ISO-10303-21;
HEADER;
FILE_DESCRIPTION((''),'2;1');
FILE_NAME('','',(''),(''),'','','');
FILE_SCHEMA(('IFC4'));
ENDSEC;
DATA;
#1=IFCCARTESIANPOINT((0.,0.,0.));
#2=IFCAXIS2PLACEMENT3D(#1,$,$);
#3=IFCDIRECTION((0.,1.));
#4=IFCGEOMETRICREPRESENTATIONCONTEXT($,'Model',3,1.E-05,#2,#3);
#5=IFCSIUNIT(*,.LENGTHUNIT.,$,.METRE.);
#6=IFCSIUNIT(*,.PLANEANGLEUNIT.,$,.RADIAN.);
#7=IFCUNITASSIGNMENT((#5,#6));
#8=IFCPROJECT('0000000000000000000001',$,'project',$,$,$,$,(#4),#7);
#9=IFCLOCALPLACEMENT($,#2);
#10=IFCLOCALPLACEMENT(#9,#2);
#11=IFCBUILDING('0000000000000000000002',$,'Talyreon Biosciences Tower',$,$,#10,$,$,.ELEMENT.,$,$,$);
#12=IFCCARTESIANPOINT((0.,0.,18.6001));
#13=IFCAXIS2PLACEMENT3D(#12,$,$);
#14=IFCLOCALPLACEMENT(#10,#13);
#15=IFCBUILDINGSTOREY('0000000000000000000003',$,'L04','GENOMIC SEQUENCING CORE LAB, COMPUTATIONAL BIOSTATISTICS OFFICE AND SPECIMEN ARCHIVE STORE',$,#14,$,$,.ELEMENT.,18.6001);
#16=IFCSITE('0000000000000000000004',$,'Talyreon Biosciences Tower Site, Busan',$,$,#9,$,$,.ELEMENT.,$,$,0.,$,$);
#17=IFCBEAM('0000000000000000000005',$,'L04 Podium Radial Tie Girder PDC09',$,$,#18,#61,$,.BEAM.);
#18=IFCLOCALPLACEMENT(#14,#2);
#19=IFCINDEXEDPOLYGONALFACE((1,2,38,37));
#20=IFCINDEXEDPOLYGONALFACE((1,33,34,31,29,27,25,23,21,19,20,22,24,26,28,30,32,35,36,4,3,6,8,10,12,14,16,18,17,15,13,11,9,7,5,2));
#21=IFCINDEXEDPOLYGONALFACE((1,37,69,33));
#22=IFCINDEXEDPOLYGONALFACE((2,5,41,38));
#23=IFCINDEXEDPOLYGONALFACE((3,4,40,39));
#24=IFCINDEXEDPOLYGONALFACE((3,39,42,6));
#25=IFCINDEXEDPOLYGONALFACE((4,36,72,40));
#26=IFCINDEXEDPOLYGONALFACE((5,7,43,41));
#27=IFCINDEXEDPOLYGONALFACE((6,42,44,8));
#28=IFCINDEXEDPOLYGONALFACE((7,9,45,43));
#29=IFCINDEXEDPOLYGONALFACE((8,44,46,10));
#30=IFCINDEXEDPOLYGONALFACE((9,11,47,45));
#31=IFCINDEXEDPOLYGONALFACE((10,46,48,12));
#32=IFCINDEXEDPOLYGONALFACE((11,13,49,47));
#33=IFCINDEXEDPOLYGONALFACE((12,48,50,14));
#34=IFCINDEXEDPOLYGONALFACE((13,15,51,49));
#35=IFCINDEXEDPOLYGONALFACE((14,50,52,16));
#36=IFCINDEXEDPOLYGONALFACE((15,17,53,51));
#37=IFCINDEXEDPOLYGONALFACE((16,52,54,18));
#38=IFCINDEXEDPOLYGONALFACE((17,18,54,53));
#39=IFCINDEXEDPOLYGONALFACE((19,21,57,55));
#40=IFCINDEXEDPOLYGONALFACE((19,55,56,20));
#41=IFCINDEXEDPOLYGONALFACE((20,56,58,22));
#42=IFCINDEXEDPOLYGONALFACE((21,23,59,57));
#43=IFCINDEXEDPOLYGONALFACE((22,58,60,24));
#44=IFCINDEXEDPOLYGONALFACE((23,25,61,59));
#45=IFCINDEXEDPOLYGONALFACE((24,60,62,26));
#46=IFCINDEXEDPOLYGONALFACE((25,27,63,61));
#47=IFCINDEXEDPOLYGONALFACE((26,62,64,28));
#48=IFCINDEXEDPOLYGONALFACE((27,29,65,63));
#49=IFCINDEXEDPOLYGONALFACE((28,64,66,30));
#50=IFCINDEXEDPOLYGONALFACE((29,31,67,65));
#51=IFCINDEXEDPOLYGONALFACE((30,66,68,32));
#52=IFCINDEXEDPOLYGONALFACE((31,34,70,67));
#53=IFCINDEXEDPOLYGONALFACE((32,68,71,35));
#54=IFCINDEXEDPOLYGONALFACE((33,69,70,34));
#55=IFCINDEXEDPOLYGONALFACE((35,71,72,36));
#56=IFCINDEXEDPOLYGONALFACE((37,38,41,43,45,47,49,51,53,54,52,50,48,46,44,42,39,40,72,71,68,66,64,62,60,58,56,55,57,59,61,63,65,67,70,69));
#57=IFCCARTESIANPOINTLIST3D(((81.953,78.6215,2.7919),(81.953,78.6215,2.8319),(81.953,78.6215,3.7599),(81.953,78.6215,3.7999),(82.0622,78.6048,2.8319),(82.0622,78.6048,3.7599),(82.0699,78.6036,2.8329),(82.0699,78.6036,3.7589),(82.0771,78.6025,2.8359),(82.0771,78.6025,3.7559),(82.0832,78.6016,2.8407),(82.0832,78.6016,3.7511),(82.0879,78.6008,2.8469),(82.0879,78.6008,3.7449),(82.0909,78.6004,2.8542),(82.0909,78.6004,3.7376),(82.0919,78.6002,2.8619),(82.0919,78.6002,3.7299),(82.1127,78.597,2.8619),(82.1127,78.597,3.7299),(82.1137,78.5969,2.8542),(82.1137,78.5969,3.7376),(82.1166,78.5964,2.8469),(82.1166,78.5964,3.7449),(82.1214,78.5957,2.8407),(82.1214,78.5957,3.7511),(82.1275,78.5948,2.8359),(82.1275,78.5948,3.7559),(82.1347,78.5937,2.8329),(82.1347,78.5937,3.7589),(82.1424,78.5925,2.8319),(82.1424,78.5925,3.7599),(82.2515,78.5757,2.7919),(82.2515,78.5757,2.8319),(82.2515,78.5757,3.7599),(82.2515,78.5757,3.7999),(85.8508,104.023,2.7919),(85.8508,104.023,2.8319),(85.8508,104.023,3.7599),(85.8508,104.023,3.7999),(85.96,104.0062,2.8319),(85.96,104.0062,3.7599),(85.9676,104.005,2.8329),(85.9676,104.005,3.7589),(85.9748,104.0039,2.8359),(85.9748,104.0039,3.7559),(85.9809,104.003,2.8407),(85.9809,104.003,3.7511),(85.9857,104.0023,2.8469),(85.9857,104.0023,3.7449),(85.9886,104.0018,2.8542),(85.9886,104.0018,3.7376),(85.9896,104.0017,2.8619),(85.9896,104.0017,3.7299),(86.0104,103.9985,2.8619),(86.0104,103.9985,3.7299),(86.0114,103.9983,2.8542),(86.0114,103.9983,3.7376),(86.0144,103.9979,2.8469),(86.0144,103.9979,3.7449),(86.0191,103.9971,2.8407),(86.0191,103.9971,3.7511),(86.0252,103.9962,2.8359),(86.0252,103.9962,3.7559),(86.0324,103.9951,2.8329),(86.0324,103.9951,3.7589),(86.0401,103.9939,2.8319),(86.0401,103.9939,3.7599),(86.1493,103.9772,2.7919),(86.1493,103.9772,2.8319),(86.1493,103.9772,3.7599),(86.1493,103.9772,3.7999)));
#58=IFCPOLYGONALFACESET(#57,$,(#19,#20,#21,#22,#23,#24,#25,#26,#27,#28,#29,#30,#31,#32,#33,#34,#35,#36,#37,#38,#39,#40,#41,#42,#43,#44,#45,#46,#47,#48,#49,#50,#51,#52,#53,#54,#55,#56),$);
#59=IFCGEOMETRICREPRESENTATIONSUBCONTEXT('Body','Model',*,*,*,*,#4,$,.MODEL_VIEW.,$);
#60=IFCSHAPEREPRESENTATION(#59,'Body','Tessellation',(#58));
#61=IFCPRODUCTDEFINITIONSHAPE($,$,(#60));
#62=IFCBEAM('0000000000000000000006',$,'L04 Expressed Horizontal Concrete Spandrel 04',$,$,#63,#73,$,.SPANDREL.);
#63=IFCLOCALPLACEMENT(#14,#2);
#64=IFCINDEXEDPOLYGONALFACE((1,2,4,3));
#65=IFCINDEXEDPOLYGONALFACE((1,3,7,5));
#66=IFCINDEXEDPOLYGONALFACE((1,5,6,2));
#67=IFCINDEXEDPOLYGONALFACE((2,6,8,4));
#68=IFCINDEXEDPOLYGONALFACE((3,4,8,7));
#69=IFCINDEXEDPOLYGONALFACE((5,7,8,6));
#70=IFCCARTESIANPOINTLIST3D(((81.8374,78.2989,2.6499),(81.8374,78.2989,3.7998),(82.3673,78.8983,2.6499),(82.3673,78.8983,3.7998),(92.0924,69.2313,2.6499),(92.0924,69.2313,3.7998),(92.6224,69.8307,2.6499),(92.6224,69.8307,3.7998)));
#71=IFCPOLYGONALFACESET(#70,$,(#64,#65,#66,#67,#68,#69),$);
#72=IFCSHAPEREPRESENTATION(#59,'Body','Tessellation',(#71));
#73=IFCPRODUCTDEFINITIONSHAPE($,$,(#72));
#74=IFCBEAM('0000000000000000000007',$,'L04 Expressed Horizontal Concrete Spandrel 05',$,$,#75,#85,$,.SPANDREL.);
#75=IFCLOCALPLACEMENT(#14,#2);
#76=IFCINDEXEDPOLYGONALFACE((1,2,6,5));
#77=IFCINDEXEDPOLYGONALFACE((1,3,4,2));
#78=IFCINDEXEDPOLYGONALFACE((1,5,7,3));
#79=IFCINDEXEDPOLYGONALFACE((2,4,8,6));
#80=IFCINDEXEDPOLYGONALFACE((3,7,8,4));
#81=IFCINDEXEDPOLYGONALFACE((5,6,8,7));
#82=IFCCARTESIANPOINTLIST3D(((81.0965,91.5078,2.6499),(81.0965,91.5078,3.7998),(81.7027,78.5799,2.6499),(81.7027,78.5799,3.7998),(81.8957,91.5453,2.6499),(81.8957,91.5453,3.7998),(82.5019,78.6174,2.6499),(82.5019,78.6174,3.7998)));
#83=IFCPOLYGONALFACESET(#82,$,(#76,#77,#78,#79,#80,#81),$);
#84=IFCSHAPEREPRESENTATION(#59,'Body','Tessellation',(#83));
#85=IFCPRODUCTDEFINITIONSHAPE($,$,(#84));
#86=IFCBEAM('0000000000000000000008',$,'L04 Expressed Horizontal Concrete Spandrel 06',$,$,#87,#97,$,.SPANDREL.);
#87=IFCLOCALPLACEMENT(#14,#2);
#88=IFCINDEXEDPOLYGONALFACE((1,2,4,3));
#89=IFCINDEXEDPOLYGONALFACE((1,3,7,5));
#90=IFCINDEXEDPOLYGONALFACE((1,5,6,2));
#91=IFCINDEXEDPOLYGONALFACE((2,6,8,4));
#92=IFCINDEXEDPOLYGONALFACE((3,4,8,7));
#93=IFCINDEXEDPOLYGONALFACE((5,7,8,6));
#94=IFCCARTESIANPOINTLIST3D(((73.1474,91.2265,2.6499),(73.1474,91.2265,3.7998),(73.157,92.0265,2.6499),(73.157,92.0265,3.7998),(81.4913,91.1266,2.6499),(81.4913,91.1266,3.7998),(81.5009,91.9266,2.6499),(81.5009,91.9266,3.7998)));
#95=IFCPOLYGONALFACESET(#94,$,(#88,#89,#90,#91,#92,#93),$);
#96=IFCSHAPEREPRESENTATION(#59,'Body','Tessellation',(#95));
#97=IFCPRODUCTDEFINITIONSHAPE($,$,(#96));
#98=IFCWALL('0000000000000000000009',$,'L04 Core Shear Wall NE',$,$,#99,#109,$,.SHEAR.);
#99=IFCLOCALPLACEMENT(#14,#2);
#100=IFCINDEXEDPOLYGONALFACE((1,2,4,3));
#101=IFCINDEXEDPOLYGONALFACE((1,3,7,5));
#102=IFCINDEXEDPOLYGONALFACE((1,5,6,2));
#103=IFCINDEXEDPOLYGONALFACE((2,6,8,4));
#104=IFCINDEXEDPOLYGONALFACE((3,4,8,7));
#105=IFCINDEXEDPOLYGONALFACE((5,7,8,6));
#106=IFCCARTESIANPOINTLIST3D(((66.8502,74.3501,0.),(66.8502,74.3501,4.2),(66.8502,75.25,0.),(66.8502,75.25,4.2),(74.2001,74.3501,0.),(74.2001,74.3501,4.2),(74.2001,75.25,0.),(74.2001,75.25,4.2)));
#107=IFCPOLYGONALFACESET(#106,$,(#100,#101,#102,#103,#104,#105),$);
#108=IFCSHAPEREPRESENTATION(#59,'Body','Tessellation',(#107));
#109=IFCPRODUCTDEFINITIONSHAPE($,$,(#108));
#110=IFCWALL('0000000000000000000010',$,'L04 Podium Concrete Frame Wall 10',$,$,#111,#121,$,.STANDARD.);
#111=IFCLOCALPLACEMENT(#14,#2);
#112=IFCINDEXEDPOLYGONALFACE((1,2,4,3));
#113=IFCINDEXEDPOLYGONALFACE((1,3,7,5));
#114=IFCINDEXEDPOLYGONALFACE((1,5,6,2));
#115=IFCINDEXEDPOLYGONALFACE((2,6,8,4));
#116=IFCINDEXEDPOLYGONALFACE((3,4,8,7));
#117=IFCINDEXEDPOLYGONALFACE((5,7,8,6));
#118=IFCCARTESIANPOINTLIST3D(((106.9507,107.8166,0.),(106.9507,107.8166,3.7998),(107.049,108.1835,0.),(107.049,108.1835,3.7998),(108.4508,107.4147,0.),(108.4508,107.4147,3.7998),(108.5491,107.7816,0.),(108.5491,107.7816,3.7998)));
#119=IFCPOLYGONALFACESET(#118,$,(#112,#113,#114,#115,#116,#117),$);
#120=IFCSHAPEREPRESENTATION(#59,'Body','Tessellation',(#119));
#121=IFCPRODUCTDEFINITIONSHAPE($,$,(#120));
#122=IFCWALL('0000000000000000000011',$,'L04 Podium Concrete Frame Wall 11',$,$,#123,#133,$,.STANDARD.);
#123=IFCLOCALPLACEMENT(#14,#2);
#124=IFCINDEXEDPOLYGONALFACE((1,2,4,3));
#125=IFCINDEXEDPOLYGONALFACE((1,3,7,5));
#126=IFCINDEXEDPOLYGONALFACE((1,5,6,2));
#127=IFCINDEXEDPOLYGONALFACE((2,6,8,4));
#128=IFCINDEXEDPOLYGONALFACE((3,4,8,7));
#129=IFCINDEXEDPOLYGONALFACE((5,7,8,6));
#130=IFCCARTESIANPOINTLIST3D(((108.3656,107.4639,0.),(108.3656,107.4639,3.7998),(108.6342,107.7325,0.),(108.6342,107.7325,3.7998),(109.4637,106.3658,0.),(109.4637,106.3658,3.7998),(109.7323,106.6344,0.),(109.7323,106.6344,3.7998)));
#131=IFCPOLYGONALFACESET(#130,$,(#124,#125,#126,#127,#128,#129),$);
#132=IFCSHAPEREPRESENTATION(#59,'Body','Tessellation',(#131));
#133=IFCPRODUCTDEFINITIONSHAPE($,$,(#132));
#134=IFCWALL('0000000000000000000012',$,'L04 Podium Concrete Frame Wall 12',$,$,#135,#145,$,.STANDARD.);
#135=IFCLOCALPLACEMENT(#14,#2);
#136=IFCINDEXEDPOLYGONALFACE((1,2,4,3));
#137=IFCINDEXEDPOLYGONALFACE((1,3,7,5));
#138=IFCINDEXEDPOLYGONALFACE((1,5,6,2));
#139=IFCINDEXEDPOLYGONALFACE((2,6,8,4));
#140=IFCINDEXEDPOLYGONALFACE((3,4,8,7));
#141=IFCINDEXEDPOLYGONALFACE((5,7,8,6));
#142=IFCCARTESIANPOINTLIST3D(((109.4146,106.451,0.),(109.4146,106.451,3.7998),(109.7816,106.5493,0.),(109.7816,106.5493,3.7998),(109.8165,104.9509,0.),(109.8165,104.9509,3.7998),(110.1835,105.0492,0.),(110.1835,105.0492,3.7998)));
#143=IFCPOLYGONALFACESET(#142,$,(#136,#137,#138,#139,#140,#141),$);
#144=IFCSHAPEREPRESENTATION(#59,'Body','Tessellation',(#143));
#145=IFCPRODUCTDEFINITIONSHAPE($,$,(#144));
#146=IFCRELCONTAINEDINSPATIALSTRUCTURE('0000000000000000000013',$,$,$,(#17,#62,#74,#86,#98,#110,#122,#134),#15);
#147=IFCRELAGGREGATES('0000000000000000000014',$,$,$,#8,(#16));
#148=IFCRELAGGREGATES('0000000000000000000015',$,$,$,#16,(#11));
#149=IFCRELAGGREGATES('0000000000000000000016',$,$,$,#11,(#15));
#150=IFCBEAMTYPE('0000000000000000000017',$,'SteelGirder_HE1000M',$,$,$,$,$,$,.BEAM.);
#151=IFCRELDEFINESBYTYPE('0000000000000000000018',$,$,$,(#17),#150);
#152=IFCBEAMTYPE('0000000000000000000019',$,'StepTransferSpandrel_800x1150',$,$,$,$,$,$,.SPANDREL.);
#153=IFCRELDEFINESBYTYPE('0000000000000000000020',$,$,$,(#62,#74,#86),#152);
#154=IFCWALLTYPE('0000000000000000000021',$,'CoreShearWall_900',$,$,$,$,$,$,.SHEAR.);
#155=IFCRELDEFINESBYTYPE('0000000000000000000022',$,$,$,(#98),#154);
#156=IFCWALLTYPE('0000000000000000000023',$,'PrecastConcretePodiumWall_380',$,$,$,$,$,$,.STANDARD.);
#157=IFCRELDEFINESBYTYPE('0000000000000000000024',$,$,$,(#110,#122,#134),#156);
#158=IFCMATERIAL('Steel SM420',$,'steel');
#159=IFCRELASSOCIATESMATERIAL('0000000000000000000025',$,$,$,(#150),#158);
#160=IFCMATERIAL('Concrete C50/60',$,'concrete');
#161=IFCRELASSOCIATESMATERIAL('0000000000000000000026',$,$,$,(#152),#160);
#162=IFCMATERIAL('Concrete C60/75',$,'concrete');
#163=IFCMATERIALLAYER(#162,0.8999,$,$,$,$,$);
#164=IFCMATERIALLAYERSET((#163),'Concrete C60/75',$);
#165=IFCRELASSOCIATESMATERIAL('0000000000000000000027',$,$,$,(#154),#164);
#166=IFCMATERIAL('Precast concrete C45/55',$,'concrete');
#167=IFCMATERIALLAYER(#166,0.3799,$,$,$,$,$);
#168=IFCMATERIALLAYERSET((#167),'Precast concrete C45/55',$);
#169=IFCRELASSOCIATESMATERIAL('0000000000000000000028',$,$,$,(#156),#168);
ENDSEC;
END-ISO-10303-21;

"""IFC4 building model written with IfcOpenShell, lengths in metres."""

from ifc_helpers import new_model, si_unit, direction, frame, frame_2d, origin, origin_2d, place, context, subcontext, project, spatial, rectangle, i_section, extrude, material, layer, layer_set, material_profile, profile_set, type_object, element, save


model = new_model("IFC4")

# Units and contexts
model_context = context("Model", 3, precision=1e-05, world=origin(), true_north=direction((0.0, 1.0)))
body_context = subcontext(model_context, "Body", "Model", "MODEL_VIEW")
ifc_project = project(units=[si_unit("LENGTHUNIT", "METRE"), si_unit("PLANEANGLEUNIT", "RADIAN")], contexts=[model_context])

# Site, building, storey
site_placement = place(None, origin())
site = spatial("IfcSite", under=ifc_project, at=site_placement, Name="Talyreon Biosciences Tower Site, Busan", CompositionType="ELEMENT", RefElevation=0.0)
building_placement = place(site_placement, origin())
building = spatial("IfcBuilding", under=site, at=building_placement, Name="Talyreon Biosciences Tower", CompositionType="ELEMENT")
storey_placement = place(building_placement, frame((0.0, 0.0, 18.6001)))
storey = spatial("IfcBuildingStorey", under=building, at=storey_placement, Name="L04", Description="GENOMIC SEQUENCING CORE LAB, COMPUTATIONAL BIOSTATISTICS OFFICE AND SPECIMEN ARCHIVE STORE", CompositionType="ELEMENT", Elevation=18.6001)

# Shared definitions
ifc_material_1 = material(Name="Concrete C60/75", Category="concrete")

# Beams
ifc_material_2 = material(Name="Concrete C50/60", Category="concrete")
ifc_material_3 = material(Name="Steel SM420", Category="steel")
ifc_material_profile_1 = material_profile(ifc_material_3, i_section(OverallWidth=0.302, OverallDepth=1.0081, WebThickness=0.021, FlangeThickness=0.04, FilletRadius=0.03, at=origin_2d()), Name="HE1000M")
ifc_profile_set_1 = profile_set([ifc_material_profile_1], Name="Steel SM420")
beam_type_1 = type_object("IfcBeamType", Name="SteelGirder_HE1000M", PredefinedType="BEAM", material=ifc_profile_set_1)
beam_1_placement = place(storey_placement, frame((82.1023, 78.5986, 3.2959), z_axis=(0.15167, 0.988431, 0.0), x_axis=(-0.988431, 0.15167, 0.0)))
element("IfcBeam", 1, at=beam_1_placement, inside=storey, type_object=beam_type_1, Name="L04 Podium Radial Tie Girder PDC09", PredefinedType="BEAM", context=body_context, shape_type="SweptSolid", body=[
    extrude(i_section(OverallWidth=0.302, OverallDepth=1.0081, WebThickness=0.021, FlangeThickness=0.04, FilletRadius=0.03, at=origin_2d()), origin(), (0.0, 0.0, 1.0), 25.6987),
])
ifc_material_profile_2 = material_profile(ifc_material_2, rectangle(XDim=0.8, YDim=1.1499, at=origin_2d()), Name="RCB 800x1150")
ifc_profile_set_2 = profile_set([ifc_material_profile_2], Name="Concrete C50/60")
beam_type_2 = type_object("IfcBeamType", Name="StepTransferSpandrel_800x1150", PredefinedType="SPANDREL", material=ifc_profile_set_2)
beam_2_placement = place(storey_placement, frame((92.3574, 69.531, 3.2249), z_axis=(-0.749149, 0.662401, 0.0), x_axis=(-0.662401, -0.749149, 0.0)))
element("IfcBeam", 2, at=beam_2_placement, inside=storey, type_object=beam_type_2, Name="L04 Expressed Horizontal Concrete Spandrel 04", PredefinedType="SPANDREL", context=body_context, shape_type="SweptSolid", body=[
    extrude(rectangle(XDim=0.8, YDim=1.1499, at=origin_2d()), origin(), (0.0, 0.0, 1.0), 13.689),
])
beam_3_placement = place(storey_placement, frame((82.1023, 78.5986, 3.2249), z_axis=(-0.046839, 0.998902, 0.0), x_axis=(-0.998902, -0.046839, 0.0)))
element("IfcBeam", 3, at=beam_3_placement, inside=storey, type_object=beam_type_2, Name="L04 Expressed Horizontal Concrete Spandrel 05", PredefinedType="SPANDREL", context=body_context, shape_type="SweptSolid", body=[
    extrude(rectangle(XDim=0.8, YDim=1.1499, at=origin_2d()), origin(), (0.0, 0.0, 1.0), 12.9421),
])
beam_4_placement = place(storey_placement, frame((81.4961, 91.5266, 3.2249), z_axis=(-0.999928, 0.011966, 0.0), x_axis=(-0.011966, -0.999928, 0.0)))
element("IfcBeam", 4, at=beam_4_placement, inside=storey, type_object=beam_type_2, Name="L04 Expressed Horizontal Concrete Spandrel 06", PredefinedType="SPANDREL", context=body_context, shape_type="SweptSolid", body=[
    extrude(rectangle(XDim=0.8, YDim=1.1499, at=origin_2d()), origin(), (0.0, 0.0, 1.0), 8.3445),
])

# Walls
ifc_layer_1 = layer(ifc_material_1, 0.8999)
ifc_layer_set_1 = layer_set([ifc_layer_1], Name="Concrete C60/75")
wall_type_1 = type_object("IfcWallType", Name="CoreShearWall_900", PredefinedType="SHEAR", material=ifc_layer_set_1)
wall_1_placement = place(storey_placement, frame((74.2, 74.8, 0.0), z_axis=(0.0, 0.0, 1.0), x_axis=(-1.0, 0.0, 0.0)))
element("IfcWall", 5, at=wall_1_placement, inside=storey, type_object=wall_type_1, Name="L04 Core Shear Wall NE", PredefinedType="SHEAR", context=body_context, shape_type="SweptSolid", body=[
    extrude(rectangle(XDim=7.3499, YDim=0.8999, at=frame_2d((3.6748, 0.0))), origin(), (0.0, 0.0, 1.0), 4.2),
])
ifc_material_4 = material(Name="Precast concrete C45/55", Category="concrete")
ifc_layer_2 = layer(ifc_material_4, 0.3799)
ifc_layer_set_2 = layer_set([ifc_layer_2], Name="Precast concrete C45/55")
wall_type_2 = type_object("IfcWallType", Name="PrecastConcretePodiumWall_380", PredefinedType="STANDARD", material=ifc_layer_set_2)
for number, where, z_axis, x_axis, name in (
    (6, (107.0, 108.0, 0.0), (0.0, 0.0, 1.0), (0.965937, -0.258778, 0.0), "L04 Podium Concrete Frame Wall 10"),
    (7, (108.5, 107.5981, 0.0), (0.0, 0.0, 1.0), (0.707107, -0.707107, 0.0), "L04 Podium Concrete Frame Wall 11"),
    (8, (109.5981, 106.5, 0.0), (0.0, 0.0, 1.0), (0.258778, -0.965937, 0.0), "L04 Podium Concrete Frame Wall 12"),
):
    element("IfcWall", number, at=place(storey_placement, frame(where, z_axis=z_axis, x_axis=x_axis)), inside=storey, type_object=wall_type_2, Name=name, PredefinedType="STANDARD", context=body_context, shape_type="SweptSolid", body=[
        extrude(rectangle(XDim=1.553, YDim=0.3799, at=frame_2d((0.7764, 0.0))), origin(), (0.0, 0.0, 1.0), 3.7998),
    ])

save(model, "model.ifc")
